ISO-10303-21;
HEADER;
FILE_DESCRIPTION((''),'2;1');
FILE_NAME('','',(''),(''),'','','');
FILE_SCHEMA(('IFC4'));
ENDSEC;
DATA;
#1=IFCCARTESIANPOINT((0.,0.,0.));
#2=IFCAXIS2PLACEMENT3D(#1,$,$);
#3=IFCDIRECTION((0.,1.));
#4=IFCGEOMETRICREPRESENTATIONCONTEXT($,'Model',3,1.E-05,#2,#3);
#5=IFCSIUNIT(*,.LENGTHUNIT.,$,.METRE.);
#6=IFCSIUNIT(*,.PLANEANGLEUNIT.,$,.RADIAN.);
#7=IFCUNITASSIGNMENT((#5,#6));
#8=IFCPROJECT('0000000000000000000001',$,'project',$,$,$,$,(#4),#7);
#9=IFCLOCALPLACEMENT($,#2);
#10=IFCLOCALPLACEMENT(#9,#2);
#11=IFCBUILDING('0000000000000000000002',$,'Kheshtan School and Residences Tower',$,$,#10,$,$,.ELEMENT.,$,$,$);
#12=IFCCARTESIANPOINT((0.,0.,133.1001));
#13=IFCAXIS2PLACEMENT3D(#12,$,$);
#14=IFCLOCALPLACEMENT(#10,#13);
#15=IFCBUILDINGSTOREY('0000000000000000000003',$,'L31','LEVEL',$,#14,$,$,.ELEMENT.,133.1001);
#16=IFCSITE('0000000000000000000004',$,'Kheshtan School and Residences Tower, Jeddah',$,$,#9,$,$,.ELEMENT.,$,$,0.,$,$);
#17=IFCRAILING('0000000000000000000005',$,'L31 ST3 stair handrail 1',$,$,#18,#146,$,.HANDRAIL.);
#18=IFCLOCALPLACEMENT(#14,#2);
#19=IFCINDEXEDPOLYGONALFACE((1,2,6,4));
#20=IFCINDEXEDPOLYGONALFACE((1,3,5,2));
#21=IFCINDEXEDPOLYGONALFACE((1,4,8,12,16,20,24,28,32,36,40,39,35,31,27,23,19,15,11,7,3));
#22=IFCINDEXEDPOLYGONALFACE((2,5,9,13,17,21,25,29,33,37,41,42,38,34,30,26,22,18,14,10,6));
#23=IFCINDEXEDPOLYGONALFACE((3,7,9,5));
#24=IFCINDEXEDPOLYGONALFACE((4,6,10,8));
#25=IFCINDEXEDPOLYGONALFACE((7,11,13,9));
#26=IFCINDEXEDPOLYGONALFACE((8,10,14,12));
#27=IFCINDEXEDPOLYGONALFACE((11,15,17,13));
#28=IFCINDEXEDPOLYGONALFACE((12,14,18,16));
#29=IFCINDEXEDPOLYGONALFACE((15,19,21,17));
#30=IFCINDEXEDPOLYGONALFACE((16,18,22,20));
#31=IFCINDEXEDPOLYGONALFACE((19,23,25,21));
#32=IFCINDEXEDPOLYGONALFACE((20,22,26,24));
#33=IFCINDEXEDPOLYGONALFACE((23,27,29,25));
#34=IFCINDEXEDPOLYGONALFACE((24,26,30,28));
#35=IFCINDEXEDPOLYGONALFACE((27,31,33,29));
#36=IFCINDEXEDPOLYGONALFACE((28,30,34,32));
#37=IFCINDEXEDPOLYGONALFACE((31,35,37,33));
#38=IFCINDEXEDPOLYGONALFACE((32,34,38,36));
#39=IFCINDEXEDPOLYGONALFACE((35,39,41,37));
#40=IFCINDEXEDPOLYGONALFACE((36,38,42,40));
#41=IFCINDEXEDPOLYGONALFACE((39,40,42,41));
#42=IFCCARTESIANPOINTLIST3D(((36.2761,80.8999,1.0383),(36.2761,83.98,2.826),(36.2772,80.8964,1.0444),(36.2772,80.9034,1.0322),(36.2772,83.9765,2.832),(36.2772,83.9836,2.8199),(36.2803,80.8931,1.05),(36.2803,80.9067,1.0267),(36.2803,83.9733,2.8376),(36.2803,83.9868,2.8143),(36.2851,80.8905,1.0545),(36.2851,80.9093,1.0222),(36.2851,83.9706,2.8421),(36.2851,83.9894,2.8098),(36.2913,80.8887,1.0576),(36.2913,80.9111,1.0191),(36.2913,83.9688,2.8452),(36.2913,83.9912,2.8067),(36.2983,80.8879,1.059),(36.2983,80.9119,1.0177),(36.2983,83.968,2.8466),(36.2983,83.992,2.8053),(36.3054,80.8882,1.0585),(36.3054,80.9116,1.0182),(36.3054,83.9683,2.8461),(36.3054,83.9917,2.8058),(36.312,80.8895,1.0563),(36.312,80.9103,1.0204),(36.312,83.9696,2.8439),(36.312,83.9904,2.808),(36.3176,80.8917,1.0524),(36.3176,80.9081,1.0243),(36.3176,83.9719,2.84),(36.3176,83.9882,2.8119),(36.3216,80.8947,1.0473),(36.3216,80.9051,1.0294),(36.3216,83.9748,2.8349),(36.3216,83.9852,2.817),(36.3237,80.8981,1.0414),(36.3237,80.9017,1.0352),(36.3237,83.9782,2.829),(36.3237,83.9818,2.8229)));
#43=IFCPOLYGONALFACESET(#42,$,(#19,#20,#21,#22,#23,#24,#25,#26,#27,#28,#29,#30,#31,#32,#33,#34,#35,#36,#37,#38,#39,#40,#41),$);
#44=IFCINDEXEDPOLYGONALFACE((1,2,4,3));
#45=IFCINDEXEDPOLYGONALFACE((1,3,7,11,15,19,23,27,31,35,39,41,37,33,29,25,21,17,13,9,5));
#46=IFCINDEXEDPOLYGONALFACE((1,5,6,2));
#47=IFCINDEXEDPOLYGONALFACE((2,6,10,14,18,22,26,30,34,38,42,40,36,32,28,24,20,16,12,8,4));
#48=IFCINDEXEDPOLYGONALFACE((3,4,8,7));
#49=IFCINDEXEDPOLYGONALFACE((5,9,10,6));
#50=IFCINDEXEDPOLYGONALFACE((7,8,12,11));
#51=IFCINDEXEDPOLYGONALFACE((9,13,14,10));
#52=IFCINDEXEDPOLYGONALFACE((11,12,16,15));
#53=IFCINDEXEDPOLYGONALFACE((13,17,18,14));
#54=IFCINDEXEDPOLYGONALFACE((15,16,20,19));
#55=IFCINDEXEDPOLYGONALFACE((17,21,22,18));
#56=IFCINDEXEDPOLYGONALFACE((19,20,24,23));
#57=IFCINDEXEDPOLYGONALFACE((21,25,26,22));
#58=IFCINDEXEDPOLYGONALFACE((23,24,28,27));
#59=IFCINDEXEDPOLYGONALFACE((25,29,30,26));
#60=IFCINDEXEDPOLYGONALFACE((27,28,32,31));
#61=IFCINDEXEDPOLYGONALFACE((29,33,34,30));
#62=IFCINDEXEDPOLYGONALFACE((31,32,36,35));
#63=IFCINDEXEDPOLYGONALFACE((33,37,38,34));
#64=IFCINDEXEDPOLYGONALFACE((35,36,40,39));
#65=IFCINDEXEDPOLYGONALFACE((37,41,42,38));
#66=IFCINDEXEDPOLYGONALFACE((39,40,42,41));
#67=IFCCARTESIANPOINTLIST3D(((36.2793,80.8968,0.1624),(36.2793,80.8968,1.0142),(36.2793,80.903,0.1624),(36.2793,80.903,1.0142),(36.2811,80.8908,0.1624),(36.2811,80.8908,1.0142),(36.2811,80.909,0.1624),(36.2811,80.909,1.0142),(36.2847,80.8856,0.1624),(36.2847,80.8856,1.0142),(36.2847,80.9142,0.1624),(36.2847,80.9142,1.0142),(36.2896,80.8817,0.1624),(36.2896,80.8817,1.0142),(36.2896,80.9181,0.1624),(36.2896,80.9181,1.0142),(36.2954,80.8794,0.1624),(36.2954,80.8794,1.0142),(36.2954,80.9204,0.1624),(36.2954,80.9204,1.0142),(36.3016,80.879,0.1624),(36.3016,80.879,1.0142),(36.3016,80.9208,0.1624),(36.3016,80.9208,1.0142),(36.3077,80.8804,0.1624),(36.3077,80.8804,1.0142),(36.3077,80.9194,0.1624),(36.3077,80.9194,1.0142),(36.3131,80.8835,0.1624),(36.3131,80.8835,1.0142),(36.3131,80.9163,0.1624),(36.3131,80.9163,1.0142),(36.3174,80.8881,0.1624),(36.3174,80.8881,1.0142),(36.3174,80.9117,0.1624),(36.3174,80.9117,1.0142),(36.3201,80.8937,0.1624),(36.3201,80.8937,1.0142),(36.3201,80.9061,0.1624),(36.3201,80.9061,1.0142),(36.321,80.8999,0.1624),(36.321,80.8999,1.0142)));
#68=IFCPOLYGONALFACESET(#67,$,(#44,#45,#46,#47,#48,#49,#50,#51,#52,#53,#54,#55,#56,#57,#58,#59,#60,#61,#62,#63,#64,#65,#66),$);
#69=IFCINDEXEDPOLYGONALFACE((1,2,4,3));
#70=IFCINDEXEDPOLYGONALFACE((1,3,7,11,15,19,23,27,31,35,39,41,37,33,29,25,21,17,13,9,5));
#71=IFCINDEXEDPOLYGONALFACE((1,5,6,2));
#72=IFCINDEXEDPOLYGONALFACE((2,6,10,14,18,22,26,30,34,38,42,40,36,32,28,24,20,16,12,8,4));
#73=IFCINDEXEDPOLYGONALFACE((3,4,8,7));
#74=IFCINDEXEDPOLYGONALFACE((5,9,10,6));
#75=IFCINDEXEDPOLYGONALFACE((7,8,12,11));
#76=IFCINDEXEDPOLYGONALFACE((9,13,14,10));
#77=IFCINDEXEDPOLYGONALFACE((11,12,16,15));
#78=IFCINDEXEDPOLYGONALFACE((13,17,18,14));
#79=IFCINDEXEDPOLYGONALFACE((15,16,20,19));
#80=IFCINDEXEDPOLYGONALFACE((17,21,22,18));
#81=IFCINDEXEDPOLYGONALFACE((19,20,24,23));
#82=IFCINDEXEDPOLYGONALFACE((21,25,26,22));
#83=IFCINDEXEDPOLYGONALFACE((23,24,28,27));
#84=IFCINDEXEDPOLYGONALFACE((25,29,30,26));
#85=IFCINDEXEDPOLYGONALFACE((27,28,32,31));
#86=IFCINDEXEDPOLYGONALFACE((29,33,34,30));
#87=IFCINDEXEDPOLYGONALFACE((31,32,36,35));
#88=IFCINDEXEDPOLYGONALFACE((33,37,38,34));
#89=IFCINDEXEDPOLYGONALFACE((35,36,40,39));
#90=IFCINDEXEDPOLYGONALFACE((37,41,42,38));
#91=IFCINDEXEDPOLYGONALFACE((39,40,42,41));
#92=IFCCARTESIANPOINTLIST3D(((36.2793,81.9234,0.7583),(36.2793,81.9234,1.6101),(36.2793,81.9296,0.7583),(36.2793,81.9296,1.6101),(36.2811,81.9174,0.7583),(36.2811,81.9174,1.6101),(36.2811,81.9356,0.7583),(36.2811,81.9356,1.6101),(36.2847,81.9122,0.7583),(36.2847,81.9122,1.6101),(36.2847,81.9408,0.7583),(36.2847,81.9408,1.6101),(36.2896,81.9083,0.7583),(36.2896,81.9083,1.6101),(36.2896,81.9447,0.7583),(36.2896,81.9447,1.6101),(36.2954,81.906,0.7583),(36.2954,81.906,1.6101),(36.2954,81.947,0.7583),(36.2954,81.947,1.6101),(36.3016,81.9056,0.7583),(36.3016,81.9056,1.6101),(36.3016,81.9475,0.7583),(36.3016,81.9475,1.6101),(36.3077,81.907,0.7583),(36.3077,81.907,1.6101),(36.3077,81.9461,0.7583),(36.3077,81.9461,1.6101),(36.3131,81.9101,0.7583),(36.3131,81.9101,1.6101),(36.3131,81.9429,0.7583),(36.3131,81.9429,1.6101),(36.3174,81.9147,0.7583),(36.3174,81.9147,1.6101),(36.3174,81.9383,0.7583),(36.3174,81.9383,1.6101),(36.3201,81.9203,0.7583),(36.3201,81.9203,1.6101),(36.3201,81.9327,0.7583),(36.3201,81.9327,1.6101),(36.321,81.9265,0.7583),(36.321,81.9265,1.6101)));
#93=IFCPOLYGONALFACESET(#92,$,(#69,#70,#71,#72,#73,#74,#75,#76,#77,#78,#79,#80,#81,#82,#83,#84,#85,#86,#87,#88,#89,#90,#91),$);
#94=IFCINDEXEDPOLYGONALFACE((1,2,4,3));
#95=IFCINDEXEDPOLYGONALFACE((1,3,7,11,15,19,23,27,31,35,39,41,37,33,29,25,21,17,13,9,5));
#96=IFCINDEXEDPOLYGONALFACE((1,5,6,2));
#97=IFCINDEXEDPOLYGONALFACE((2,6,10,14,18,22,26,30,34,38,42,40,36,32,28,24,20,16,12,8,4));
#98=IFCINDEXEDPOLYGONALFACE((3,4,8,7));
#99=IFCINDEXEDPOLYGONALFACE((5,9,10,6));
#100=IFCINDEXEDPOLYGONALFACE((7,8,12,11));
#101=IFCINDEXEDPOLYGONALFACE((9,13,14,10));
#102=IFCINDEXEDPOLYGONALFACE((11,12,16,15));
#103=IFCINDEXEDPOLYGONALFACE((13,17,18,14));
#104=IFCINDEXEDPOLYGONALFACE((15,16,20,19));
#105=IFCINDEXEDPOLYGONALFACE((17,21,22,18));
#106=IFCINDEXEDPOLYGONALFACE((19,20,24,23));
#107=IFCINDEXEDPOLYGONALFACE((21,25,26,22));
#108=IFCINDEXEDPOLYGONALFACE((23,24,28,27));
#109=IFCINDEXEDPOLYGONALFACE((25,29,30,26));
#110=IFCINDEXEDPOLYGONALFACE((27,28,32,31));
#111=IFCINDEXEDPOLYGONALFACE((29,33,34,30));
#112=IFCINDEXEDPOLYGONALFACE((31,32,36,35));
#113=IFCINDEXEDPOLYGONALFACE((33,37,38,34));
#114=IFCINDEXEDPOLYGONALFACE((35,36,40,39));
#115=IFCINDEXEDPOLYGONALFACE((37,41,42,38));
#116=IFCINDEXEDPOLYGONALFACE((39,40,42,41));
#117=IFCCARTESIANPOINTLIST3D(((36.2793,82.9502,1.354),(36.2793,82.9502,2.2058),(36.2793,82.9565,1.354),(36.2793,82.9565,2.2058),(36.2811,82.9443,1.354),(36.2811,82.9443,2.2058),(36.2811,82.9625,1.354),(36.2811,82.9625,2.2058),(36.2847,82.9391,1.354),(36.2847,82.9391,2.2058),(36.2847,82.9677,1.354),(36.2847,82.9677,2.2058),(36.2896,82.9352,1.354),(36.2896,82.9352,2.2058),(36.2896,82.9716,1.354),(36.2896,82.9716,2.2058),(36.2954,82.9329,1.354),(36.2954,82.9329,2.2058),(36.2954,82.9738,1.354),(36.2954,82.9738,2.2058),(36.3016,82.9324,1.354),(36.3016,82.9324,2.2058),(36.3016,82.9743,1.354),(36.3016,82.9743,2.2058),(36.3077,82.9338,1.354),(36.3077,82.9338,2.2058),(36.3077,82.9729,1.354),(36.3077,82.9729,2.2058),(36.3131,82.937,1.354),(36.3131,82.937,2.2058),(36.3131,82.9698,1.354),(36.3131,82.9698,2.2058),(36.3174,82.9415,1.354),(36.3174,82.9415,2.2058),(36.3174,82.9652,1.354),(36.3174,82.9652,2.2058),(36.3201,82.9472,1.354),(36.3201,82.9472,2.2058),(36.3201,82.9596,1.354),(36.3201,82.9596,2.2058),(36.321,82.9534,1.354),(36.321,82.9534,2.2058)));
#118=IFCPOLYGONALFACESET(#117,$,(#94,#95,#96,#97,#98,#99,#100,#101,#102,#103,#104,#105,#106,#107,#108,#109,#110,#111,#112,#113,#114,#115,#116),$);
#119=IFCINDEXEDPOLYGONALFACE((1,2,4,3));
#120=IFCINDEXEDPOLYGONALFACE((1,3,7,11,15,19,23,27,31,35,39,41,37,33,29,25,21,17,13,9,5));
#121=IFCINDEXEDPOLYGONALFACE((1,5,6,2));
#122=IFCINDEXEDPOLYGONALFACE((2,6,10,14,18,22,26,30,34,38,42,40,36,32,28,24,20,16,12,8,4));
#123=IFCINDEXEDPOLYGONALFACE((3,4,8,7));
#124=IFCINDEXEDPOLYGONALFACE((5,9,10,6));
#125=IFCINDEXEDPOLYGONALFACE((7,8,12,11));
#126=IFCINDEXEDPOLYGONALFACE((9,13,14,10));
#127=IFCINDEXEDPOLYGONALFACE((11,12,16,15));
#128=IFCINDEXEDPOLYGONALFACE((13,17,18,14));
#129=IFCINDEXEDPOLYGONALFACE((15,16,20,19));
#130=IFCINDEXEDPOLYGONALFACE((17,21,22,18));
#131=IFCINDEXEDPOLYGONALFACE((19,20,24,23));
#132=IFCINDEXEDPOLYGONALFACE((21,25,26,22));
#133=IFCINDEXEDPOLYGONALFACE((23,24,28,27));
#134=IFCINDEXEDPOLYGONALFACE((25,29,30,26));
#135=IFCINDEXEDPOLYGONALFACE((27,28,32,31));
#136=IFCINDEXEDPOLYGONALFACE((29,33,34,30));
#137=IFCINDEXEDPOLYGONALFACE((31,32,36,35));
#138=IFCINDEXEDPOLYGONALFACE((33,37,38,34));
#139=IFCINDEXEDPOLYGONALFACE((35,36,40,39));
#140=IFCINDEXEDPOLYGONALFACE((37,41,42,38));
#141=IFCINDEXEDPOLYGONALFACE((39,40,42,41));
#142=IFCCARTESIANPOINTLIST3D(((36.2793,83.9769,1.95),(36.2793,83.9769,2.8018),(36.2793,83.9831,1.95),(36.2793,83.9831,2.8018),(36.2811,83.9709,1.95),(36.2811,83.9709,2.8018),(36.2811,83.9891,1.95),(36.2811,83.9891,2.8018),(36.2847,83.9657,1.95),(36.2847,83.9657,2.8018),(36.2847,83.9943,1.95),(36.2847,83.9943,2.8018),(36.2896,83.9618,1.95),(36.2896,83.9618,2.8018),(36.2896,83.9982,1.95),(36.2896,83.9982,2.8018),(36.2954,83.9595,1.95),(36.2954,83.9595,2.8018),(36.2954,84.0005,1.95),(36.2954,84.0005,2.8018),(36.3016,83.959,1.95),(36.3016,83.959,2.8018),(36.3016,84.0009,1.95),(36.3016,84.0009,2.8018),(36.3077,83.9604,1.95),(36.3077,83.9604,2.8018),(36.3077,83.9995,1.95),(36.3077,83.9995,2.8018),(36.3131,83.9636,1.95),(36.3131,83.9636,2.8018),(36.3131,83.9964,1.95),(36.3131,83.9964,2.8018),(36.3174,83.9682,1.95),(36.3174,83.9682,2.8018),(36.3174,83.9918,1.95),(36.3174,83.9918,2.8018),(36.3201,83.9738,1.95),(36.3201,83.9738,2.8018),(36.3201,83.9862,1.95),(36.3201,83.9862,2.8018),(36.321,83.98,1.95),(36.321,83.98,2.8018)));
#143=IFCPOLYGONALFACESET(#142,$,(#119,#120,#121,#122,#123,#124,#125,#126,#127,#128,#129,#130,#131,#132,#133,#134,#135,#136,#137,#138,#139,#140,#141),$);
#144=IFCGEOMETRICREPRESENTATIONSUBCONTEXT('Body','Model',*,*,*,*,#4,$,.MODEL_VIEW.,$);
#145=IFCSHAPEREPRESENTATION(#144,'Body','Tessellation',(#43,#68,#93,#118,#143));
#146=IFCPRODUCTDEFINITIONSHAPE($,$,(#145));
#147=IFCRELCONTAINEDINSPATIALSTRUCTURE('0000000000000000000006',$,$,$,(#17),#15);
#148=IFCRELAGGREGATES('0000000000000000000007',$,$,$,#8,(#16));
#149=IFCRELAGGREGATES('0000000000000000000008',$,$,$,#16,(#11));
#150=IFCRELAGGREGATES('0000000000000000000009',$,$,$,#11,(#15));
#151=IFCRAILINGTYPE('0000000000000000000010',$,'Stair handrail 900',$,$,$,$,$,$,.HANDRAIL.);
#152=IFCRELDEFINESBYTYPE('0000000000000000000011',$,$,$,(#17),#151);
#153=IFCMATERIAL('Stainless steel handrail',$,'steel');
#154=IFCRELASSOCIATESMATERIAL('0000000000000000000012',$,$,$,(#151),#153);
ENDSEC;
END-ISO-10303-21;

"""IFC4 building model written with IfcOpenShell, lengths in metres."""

from ifc_helpers import new_model, si_unit, direction, frame, origin, origin_2d, place, context, subcontext, project, spatial, circle, extrude, material, type_object, element, save


model = new_model("IFC4")

# Units and contexts
model_context = context("Model", 3, precision=1e-05, world=origin(), true_north=direction((0.0, 1.0)))
body_context = subcontext(model_context, "Body", "Model", "MODEL_VIEW")
ifc_project = project(units=[si_unit("LENGTHUNIT", "METRE"), si_unit("PLANEANGLEUNIT", "RADIAN")], contexts=[model_context])

# Site, building, storey
site_placement = place(None, origin())
site = spatial("IfcSite", under=ifc_project, at=site_placement, Name="Kheshtan School and Residences Tower, Jeddah", CompositionType="ELEMENT", RefElevation=0.0)
building_placement = place(site_placement, origin())
building = spatial("IfcBuilding", under=site, at=building_placement, Name="Kheshtan School and Residences Tower", CompositionType="ELEMENT")
storey_placement = place(building_placement, frame((0.0, 0.0, 133.1001)))
storey = spatial("IfcBuildingStorey", under=building, at=storey_placement, Name="L31", Description="LEVEL", CompositionType="ELEMENT", Elevation=133.1001)

# Railing
ifc_material_1 = material(Name="Stainless steel handrail", Category="steel")
railing_type_1 = type_object("IfcRailingType", Name="Stair handrail 900", PredefinedType="HANDRAIL", material=ifc_material_1)
railing_1_placement = place(storey_placement, frame((36.3, 80.8999, 0.1624)))
element("IfcRailing", 1, at=railing_1_placement, inside=storey, type_object=railing_type_1, Name="L31 ST3 stair handrail 1", PredefinedType="HANDRAIL", context=body_context, shape_type="SweptSolid", body=[
    extrude(circle(Radius=0.0239, at=origin_2d()), frame((0.0, 0.0, 0.876), z_axis=(0.0, 0.864891, 0.50196), x_axis=(-1.0, 0.0, 0.0)), (0.0, 0.0, 1.0), 3.5613),
    extrude(circle(Radius=0.021, at=origin_2d()), origin(), (0.0, 0.0, 1.0), 0.8518),
    extrude(circle(Radius=0.021, at=origin_2d()), frame((0.0, 1.0266, 0.5959)), (0.0, 0.0, 1.0), 0.8518),
    extrude(circle(Radius=0.021, at=origin_2d()), frame((0.0, 2.0535, 1.1917)), (0.0, 0.0, 1.0), 0.8518),
    extrude(circle(Radius=0.021, at=origin_2d()), frame((0.0, 3.0801, 1.7876)), (0.0, 0.0, 1.0), 0.8518),
])

save(model, "model.ifc")
